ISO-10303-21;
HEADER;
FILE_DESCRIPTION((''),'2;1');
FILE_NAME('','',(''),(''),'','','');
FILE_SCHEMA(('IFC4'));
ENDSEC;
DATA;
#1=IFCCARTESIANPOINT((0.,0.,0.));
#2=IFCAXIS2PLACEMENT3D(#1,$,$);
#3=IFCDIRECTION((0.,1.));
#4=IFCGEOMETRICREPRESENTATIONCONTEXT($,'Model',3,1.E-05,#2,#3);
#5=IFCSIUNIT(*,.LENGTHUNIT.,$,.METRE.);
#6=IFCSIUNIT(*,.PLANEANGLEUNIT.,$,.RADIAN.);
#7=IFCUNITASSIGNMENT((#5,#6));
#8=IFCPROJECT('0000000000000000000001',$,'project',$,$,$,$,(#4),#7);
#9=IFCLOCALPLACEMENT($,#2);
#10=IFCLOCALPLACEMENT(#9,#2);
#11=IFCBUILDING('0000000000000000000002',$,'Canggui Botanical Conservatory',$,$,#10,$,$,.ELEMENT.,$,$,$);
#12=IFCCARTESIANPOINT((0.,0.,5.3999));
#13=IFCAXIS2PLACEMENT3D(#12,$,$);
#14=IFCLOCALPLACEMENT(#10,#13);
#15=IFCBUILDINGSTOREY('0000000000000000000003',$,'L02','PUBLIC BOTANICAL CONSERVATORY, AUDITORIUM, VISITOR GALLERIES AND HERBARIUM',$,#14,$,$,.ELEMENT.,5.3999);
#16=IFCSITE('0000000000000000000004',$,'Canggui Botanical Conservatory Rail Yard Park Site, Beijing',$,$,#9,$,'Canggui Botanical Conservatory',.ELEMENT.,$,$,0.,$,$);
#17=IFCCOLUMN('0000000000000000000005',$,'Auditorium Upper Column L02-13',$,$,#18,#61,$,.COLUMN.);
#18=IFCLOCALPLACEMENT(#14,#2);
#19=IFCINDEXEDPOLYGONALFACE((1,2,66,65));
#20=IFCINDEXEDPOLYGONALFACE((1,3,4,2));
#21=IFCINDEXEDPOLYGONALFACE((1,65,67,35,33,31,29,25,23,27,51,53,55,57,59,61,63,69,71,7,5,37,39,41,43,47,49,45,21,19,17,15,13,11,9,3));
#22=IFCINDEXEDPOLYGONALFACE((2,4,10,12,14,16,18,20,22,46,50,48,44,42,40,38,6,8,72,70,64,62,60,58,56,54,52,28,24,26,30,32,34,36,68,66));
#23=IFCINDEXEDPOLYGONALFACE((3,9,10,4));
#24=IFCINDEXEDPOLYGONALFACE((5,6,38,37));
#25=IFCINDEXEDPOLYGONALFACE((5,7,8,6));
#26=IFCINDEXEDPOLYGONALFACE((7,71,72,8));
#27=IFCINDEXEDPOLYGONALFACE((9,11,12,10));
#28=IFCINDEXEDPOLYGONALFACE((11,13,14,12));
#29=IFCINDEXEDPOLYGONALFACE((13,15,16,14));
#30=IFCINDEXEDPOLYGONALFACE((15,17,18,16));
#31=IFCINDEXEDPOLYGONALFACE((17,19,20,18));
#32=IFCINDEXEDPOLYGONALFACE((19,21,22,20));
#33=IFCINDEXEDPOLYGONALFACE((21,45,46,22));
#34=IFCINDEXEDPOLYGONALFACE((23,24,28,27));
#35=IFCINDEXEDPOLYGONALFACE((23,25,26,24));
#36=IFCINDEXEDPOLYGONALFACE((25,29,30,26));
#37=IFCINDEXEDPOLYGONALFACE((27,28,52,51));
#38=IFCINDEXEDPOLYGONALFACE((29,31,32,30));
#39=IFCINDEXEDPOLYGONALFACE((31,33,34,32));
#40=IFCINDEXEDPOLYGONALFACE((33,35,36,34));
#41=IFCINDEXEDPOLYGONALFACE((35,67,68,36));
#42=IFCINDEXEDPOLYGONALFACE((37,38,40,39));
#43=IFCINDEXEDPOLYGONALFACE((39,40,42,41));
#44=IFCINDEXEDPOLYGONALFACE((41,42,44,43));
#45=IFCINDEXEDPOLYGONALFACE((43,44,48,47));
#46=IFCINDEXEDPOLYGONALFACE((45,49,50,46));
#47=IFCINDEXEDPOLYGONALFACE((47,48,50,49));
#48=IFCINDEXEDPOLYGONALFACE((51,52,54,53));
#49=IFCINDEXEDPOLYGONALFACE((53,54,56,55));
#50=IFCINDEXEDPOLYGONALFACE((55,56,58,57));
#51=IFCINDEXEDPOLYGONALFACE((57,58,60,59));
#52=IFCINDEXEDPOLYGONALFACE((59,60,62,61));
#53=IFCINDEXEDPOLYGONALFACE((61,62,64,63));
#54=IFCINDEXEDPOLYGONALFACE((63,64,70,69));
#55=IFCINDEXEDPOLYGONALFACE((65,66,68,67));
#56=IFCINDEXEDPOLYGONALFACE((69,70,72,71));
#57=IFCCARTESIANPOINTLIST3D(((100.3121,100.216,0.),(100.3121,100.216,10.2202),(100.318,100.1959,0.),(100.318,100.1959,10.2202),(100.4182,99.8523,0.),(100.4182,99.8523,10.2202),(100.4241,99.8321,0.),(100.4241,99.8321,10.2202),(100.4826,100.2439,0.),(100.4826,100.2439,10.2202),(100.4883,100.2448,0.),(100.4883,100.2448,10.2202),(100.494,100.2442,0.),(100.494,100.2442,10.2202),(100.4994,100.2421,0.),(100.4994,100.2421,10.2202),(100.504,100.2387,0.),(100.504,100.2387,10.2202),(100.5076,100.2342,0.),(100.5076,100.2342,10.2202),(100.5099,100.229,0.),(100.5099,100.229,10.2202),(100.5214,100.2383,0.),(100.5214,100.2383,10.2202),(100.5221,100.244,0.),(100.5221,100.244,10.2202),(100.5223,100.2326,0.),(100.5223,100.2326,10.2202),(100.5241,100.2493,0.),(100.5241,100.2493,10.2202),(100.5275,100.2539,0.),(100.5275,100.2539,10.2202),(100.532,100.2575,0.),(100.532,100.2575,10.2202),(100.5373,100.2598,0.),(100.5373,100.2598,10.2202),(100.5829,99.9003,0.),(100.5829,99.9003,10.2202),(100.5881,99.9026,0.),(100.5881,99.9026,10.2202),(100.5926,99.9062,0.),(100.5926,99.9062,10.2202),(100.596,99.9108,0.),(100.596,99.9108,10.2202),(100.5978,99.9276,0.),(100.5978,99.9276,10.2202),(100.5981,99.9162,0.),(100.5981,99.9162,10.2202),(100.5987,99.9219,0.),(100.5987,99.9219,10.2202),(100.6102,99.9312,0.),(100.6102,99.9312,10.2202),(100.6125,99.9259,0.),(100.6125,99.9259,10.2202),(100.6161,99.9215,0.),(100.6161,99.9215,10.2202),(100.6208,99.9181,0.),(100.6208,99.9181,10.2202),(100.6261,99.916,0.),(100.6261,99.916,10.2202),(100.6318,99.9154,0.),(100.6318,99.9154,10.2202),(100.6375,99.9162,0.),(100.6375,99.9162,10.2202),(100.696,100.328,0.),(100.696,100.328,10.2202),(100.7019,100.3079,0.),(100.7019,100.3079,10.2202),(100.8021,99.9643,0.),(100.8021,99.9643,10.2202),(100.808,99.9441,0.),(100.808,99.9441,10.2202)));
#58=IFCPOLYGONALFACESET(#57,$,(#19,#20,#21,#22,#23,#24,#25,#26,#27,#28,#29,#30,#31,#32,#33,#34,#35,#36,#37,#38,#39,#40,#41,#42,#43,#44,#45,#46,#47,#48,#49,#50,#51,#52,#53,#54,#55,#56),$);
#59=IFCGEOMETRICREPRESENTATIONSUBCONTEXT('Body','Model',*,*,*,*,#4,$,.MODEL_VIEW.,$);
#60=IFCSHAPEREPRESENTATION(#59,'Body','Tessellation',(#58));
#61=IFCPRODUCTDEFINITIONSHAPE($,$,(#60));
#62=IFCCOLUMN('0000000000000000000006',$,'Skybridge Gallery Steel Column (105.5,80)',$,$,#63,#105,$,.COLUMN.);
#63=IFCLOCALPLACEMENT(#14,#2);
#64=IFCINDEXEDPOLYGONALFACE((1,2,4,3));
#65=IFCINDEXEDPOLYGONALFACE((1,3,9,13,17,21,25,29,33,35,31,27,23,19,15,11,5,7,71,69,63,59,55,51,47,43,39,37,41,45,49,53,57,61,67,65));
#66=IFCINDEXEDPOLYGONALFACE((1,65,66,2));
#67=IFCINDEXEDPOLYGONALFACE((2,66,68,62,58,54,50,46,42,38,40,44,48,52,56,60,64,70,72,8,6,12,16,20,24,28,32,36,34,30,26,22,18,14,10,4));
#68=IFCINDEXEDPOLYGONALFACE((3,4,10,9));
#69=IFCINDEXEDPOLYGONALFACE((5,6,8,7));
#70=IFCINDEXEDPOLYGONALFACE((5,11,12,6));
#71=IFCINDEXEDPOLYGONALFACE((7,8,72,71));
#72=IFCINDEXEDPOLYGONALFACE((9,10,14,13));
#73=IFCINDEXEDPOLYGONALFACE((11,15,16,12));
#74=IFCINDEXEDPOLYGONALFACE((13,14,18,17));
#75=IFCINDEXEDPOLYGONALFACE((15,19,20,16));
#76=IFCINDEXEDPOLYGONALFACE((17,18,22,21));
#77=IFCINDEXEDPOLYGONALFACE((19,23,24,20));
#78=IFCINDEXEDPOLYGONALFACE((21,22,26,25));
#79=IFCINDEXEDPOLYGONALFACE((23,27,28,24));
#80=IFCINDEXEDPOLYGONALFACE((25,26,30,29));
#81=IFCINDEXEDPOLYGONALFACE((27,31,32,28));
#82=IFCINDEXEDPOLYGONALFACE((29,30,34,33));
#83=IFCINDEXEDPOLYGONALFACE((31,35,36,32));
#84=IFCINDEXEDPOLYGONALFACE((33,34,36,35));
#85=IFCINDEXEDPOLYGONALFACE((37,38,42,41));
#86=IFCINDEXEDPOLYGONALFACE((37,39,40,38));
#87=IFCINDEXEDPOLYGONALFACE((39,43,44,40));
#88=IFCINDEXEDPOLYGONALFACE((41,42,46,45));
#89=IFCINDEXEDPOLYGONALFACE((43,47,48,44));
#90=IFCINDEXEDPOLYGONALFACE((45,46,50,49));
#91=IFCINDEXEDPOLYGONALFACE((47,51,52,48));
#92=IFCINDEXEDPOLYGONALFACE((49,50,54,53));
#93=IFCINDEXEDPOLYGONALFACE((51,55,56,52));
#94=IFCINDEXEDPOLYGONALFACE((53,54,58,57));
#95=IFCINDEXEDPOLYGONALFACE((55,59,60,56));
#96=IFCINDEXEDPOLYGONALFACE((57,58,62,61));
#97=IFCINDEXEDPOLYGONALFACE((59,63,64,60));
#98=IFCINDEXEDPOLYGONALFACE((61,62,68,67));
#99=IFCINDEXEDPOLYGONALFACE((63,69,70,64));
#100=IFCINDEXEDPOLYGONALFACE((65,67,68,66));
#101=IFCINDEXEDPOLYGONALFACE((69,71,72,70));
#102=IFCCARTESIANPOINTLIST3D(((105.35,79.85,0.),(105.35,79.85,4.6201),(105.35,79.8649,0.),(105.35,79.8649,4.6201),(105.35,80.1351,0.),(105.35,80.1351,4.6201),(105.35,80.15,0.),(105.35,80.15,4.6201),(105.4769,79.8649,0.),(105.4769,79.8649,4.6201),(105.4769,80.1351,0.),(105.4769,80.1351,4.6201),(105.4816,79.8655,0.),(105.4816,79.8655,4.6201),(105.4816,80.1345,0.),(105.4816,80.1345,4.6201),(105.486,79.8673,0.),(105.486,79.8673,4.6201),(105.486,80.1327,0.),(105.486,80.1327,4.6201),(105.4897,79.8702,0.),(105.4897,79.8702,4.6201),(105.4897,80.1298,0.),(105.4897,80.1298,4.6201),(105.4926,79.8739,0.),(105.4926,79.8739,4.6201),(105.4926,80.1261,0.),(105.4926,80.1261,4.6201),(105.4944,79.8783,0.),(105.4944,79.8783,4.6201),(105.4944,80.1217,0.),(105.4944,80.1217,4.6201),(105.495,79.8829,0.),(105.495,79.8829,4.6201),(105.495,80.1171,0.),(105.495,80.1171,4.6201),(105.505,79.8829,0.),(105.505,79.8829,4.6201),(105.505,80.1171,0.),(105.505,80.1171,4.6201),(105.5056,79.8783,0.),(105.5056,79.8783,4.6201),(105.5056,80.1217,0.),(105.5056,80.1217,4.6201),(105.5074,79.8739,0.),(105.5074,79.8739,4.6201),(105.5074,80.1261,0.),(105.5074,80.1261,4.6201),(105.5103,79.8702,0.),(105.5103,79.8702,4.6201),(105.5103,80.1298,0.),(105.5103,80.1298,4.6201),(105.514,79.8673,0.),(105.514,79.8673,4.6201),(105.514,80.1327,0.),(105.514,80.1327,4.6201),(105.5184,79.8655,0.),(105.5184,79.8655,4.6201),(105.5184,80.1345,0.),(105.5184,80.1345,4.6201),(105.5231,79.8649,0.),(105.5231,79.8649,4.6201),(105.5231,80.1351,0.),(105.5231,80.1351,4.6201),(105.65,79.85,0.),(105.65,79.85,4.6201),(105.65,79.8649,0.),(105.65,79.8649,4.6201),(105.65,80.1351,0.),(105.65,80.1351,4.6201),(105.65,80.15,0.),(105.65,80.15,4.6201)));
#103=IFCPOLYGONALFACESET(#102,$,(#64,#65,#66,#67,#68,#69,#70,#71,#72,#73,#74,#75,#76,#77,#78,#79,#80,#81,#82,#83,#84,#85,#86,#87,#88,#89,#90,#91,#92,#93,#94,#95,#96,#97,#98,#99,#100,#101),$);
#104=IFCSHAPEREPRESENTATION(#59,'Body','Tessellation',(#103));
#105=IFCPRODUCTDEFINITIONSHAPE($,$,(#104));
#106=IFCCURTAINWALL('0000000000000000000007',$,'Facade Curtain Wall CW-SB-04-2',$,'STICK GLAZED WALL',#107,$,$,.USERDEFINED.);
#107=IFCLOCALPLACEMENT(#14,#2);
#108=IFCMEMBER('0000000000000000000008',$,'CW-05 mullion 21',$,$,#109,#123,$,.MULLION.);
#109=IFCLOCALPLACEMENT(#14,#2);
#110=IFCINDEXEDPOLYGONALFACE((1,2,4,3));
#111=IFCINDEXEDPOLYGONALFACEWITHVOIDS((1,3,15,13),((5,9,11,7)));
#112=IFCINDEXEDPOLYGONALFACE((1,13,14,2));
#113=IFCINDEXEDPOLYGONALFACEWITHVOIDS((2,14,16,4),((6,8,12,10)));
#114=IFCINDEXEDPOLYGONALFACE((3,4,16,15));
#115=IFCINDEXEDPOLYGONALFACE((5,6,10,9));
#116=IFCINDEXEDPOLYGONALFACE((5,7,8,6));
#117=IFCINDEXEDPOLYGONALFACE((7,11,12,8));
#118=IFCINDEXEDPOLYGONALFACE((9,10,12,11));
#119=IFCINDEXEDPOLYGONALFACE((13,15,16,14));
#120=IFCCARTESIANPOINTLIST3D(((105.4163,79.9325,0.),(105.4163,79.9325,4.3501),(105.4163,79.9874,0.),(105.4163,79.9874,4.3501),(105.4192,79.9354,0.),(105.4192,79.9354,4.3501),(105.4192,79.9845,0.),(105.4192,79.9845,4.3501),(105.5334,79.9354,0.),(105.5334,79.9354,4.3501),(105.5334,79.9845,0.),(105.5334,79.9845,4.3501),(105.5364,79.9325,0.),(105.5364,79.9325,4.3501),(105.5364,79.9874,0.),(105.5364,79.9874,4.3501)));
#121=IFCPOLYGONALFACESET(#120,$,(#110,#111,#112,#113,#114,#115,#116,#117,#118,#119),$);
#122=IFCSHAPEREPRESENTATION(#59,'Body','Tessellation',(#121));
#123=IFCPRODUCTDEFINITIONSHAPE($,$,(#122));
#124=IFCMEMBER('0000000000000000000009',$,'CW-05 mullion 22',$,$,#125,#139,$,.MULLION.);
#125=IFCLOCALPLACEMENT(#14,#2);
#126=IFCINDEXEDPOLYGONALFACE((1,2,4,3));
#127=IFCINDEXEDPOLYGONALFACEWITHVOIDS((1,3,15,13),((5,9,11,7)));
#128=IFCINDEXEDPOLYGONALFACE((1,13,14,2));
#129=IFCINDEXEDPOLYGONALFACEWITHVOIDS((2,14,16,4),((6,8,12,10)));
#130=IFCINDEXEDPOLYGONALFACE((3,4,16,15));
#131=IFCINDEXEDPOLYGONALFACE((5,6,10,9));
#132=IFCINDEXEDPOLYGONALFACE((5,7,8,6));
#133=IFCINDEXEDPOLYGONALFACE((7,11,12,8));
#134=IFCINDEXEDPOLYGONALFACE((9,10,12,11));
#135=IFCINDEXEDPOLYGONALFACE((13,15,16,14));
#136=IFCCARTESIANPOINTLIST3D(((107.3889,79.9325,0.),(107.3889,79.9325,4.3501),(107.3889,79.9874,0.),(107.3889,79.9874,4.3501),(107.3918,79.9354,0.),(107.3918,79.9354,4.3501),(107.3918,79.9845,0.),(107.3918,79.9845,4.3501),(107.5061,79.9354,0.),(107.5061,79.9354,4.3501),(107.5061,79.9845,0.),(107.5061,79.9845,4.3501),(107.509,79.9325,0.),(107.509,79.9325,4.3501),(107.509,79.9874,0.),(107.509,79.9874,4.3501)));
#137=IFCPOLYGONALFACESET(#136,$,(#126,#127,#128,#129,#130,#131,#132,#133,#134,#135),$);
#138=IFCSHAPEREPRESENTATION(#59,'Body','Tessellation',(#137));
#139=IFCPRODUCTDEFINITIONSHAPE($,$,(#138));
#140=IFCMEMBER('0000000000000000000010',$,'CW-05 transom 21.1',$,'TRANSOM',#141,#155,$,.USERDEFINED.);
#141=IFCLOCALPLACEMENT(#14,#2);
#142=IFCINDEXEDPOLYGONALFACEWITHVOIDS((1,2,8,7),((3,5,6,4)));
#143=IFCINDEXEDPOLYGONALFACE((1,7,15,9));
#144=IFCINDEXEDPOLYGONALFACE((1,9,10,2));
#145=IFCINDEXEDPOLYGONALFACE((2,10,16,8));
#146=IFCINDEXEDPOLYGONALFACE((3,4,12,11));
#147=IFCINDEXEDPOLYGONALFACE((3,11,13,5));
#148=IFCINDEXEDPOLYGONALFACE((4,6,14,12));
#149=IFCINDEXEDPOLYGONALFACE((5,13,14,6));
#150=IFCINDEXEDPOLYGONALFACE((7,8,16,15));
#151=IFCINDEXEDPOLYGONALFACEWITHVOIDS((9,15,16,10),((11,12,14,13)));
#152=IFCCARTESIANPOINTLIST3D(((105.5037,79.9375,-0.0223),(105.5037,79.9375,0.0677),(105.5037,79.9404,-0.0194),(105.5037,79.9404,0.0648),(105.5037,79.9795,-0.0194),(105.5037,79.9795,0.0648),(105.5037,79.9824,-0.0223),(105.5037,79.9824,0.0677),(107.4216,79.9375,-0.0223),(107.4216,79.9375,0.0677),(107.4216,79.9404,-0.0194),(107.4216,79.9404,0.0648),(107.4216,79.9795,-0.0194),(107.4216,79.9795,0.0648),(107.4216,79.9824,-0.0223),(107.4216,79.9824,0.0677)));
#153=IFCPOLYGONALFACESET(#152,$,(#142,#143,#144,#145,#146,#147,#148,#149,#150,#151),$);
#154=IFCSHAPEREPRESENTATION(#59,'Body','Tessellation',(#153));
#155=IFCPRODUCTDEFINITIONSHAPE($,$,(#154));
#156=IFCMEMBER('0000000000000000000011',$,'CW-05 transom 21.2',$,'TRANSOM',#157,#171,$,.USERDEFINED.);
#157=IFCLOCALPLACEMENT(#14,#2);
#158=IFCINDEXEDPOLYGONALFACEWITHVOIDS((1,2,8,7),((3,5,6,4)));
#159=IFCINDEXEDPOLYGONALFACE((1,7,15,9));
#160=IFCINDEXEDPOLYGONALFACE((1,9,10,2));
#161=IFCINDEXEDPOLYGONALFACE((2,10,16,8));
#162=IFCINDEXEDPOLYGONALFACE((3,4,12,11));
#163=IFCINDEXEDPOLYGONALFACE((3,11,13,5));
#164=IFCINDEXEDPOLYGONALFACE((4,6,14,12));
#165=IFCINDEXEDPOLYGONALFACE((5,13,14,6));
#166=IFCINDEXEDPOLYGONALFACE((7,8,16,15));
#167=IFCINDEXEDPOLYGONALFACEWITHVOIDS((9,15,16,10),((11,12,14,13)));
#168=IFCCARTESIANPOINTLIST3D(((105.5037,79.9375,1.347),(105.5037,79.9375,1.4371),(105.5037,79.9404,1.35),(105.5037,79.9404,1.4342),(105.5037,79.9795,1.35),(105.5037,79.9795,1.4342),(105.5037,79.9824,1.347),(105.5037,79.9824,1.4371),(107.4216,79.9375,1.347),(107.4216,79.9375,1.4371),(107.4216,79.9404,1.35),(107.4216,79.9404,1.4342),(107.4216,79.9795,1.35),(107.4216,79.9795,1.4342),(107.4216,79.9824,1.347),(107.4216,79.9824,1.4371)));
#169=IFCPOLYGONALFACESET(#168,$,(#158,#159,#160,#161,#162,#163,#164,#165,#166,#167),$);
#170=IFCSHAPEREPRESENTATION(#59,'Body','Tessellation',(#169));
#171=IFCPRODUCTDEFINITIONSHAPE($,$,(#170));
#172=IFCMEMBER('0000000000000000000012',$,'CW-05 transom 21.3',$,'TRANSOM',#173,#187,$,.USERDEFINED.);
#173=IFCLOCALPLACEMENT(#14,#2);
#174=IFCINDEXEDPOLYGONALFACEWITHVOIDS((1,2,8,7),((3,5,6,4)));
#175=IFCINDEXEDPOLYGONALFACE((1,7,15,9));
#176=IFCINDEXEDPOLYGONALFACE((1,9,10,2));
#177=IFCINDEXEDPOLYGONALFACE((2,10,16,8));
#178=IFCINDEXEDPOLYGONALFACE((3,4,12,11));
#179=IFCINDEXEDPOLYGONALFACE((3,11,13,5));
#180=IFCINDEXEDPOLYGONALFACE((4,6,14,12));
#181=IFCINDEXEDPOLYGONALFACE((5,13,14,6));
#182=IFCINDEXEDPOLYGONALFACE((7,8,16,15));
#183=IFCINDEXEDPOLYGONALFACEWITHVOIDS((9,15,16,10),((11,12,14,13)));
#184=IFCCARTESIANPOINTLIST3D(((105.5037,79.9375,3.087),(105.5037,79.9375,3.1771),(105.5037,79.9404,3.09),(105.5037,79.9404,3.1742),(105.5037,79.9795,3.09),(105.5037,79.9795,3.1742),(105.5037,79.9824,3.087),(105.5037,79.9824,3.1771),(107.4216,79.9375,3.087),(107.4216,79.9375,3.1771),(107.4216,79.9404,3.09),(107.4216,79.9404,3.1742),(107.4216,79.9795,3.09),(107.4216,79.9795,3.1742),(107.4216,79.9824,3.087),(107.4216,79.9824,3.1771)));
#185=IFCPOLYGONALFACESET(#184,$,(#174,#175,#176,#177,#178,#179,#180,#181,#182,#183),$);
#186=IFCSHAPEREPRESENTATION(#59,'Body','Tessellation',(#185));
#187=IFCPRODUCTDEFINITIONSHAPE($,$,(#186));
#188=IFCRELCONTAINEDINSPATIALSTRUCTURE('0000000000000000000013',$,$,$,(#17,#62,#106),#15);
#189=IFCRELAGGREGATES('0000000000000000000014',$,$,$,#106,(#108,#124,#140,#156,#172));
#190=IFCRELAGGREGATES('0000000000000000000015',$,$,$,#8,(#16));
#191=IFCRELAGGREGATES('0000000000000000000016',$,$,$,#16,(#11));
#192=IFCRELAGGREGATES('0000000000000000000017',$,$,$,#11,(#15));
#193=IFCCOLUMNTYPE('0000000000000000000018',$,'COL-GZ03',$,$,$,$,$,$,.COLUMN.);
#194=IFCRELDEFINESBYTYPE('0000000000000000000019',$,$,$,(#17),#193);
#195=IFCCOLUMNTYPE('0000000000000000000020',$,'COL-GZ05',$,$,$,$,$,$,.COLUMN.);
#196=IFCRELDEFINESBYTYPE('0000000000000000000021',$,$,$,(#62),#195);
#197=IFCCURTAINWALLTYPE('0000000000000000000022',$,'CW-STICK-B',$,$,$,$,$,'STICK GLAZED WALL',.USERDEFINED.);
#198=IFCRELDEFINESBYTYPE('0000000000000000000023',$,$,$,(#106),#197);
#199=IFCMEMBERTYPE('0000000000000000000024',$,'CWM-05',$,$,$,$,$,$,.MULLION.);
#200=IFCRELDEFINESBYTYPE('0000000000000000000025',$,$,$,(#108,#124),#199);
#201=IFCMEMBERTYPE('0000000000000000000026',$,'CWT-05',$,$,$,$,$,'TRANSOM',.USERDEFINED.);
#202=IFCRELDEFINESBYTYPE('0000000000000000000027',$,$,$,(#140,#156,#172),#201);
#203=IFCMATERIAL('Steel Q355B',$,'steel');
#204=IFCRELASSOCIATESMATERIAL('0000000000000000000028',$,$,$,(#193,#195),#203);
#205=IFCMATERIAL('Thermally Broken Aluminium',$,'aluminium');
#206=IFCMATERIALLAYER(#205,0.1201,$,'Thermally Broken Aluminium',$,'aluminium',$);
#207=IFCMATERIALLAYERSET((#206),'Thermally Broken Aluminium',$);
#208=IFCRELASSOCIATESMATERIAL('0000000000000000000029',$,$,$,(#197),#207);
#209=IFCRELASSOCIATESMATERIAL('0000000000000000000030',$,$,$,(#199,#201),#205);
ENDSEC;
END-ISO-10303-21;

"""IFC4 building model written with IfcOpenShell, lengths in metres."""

from ifc_helpers import new_model, si_unit, direction, frame, origin, origin_2d, place, context, subcontext, project, spatial, hollow_rectangle, i_section, extrude, material, layer, layer_set, material_profile, profile_set, type_object, element, aggregate, save


model = new_model("IFC4")

# Units and contexts
model_context = context("Model", 3, precision=1e-05, world=origin(), true_north=direction((0.0, 1.0)))
body_context = subcontext(model_context, "Body", "Model", "MODEL_VIEW")
ifc_project = project(units=[si_unit("LENGTHUNIT", "METRE"), si_unit("PLANEANGLEUNIT", "RADIAN")], contexts=[model_context])

# Site, building, storey
site_placement = place(None, origin())
site = spatial("IfcSite", under=ifc_project, at=site_placement, Name="Canggui Botanical Conservatory Rail Yard Park Site, Beijing", LongName="Canggui Botanical Conservatory", CompositionType="ELEMENT", RefElevation=0.0)
building_placement = place(site_placement, origin())
building = spatial("IfcBuilding", under=site, at=building_placement, Name="Canggui Botanical Conservatory", CompositionType="ELEMENT")
storey_placement = place(building_placement, frame((0.0, 0.0, 5.3999)))
storey = spatial("IfcBuildingStorey", under=building, at=storey_placement, Name="L02", Description="PUBLIC BOTANICAL CONSERVATORY, AUDITORIUM, VISITOR GALLERIES AND HERBARIUM", CompositionType="ELEMENT", Elevation=5.3999)

# Columns
ifc_material_1 = material(Name="Steel Q355B", Category="steel")
ifc_material_profile_1 = material_profile(ifc_material_1, i_section(OverallWidth=0.3999, OverallDepth=0.3999, WebThickness=0.0129, FlangeThickness=0.021, FilletRadius=0.022, at=origin_2d()), Name="HW 400x400x13x21")
ifc_profile_set_1 = profile_set([ifc_material_profile_1], Name="Steel Q355B")
column_type_1 = type_object("IfcColumnType", Name="COL-GZ03", PredefinedType="COLUMN", material=ifc_profile_set_1)
column_1_placement = place(storey_placement, frame((100.5601, 100.0801, 0.0), z_axis=(0.0, 0.0, 1.0), x_axis=(0.96, 0.28, 0.0)))
element("IfcColumn", 1, at=column_1_placement, inside=storey, type_object=column_type_1, Name="Auditorium Upper Column L02-13", PredefinedType="COLUMN", context=body_context, shape_type="SweptSolid", body=[
    extrude(i_section(OverallWidth=0.3999, OverallDepth=0.3999, WebThickness=0.0129, FlangeThickness=0.021, FilletRadius=0.022, at=origin_2d()), origin(), (0.0, 0.0, 1.0), 10.2202),
])
ifc_material_profile_2 = material_profile(ifc_material_1, i_section(OverallWidth=0.3, OverallDepth=0.3, WebThickness=0.01, FlangeThickness=0.0149, FilletRadius=0.0181, at=origin_2d()), Name="HW 300x300x10x15")
ifc_profile_set_2 = profile_set([ifc_material_profile_2], Name="Steel Q355B")
column_type_2 = type_object("IfcColumnType", Name="COL-GZ05", PredefinedType="COLUMN", material=ifc_profile_set_2)
column_2_placement = place(storey_placement, frame((105.5, 80.0, 0.0), z_axis=(0.0, 0.0, 1.0), x_axis=(1.0, 0.0, 0.0)))
element("IfcColumn", 2, at=column_2_placement, inside=storey, type_object=column_type_2, Name="Skybridge Gallery Steel Column (105.5,80)", PredefinedType="COLUMN", context=body_context, shape_type="SweptSolid", body=[
    extrude(i_section(OverallWidth=0.3, OverallDepth=0.3, WebThickness=0.01, FlangeThickness=0.0149, FilletRadius=0.0181, at=origin_2d()), origin(), (0.0, 0.0, 1.0), 4.6201),
])

# Curtain wall, members
ifc_material_2 = material(Name="Thermally Broken Aluminium", Category="aluminium")
ifc_layer_1 = layer(ifc_material_2, 0.1201, Name="Thermally Broken Aluminium", Category="aluminium")
ifc_layer_set_1 = layer_set([ifc_layer_1], Name="Thermally Broken Aluminium")
curtain_wall_type = type_object("IfcCurtainWallType", Name="CW-STICK-B", ElementType="STICK GLAZED WALL", PredefinedType="USERDEFINED", material=ifc_layer_set_1)
curtain_wall_placement = place(storey_placement, origin())
curtain_wall = element("IfcCurtainWall", 3, at=curtain_wall_placement, inside=storey, type_object=curtain_wall_type, Name="Facade Curtain Wall CW-SB-04-2", ObjectType="STICK GLAZED WALL", PredefinedType="USERDEFINED")
ifc_material_profile_3 = material_profile(ifc_material_2, hollow_rectangle(XDim=0.0549, YDim=0.1201, WallThickness=0.0029, at=origin_2d()), Name="CWM 55x120x3")
ifc_profile_set_3 = profile_set([ifc_material_profile_3], Name="Thermally Broken Aluminium")
member_type_1 = type_object("IfcMemberType", Name="CWM-05", PredefinedType="MULLION", material=ifc_profile_set_3)
member_1_placement = place(storey_placement, frame((105.4763, 79.96, 0.0), z_axis=(0.0, 0.0, 1.0), x_axis=(0.0, 1.0, 0.0)))
member_1 = element("IfcMember", 4, at=member_1_placement, type_object=member_type_1, Name="CW-05 mullion 21", PredefinedType="MULLION", context=body_context, shape_type="SweptSolid", body=[
    extrude(hollow_rectangle(XDim=0.0549, YDim=0.1201, WallThickness=0.0029, at=origin_2d()), origin(), (0.0, 0.0, 1.0), 4.3501),
])
member_2_placement = place(storey_placement, frame((107.449, 79.96, 0.0), z_axis=(0.0, 0.0, 1.0), x_axis=(0.0, 1.0, 0.0)))
member_2 = element("IfcMember", 5, at=member_2_placement, type_object=member_type_1, Name="CW-05 mullion 22", PredefinedType="MULLION", context=body_context, shape_type="SweptSolid", body=[
    extrude(hollow_rectangle(XDim=0.0549, YDim=0.1201, WallThickness=0.0029, at=origin_2d()), origin(), (0.0, 0.0, 1.0), 4.3501),
])
ifc_material_profile_4 = material_profile(ifc_material_2, hollow_rectangle(XDim=0.0449, YDim=0.0901, WallThickness=0.0029, at=origin_2d()), Name="CWT 45x90x3")
ifc_profile_set_4 = profile_set([ifc_material_profile_4], Name="Thermally Broken Aluminium")
member_type_2 = type_object("IfcMemberType", Name="CWT-05", ElementType="TRANSOM", PredefinedType="USERDEFINED", material=ifc_profile_set_4)
member_3_placement = place(storey_placement, frame((105.5037, 79.96, 0.0227), z_axis=(1.0, 0.0, 0.0), x_axis=(0.0, 1.0, 0.0)))
member_3 = element("IfcMember", 6, at=member_3_placement, type_object=member_type_2, Name="CW-05 transom 21.1", ObjectType="TRANSOM", PredefinedType="USERDEFINED", context=body_context, shape_type="SweptSolid", body=[
    extrude(hollow_rectangle(XDim=0.0449, YDim=0.0901, WallThickness=0.0029, at=origin_2d()), origin(), (0.0, 0.0, 1.0), 1.918),
])
member_4_placement = place(storey_placement, frame((105.5037, 79.96, 1.3921), z_axis=(1.0, 0.0, 0.0), x_axis=(0.0, 1.0, 0.0)))
member_4 = element("IfcMember", 7, at=member_4_placement, type_object=member_type_2, Name="CW-05 transom 21.2", ObjectType="TRANSOM", PredefinedType="USERDEFINED", context=body_context, shape_type="SweptSolid", body=[
    extrude(hollow_rectangle(XDim=0.0449, YDim=0.0901, WallThickness=0.0029, at=origin_2d()), origin(), (0.0, 0.0, 1.0), 1.918),
])
member_5_placement = place(storey_placement, frame((105.5037, 79.96, 3.1321), z_axis=(1.0, 0.0, 0.0), x_axis=(0.0, 1.0, 0.0)))
member_5 = element("IfcMember", 8, at=member_5_placement, type_object=member_type_2, Name="CW-05 transom 21.3", ObjectType="TRANSOM", PredefinedType="USERDEFINED", context=body_context, shape_type="SweptSolid", body=[
    extrude(hollow_rectangle(XDim=0.0449, YDim=0.0901, WallThickness=0.0029, at=origin_2d()), origin(), (0.0, 0.0, 1.0), 1.918),
])

aggregate(curtain_wall, [member_1, member_2, member_3, member_4, member_5])

save(model, "model.ifc")
